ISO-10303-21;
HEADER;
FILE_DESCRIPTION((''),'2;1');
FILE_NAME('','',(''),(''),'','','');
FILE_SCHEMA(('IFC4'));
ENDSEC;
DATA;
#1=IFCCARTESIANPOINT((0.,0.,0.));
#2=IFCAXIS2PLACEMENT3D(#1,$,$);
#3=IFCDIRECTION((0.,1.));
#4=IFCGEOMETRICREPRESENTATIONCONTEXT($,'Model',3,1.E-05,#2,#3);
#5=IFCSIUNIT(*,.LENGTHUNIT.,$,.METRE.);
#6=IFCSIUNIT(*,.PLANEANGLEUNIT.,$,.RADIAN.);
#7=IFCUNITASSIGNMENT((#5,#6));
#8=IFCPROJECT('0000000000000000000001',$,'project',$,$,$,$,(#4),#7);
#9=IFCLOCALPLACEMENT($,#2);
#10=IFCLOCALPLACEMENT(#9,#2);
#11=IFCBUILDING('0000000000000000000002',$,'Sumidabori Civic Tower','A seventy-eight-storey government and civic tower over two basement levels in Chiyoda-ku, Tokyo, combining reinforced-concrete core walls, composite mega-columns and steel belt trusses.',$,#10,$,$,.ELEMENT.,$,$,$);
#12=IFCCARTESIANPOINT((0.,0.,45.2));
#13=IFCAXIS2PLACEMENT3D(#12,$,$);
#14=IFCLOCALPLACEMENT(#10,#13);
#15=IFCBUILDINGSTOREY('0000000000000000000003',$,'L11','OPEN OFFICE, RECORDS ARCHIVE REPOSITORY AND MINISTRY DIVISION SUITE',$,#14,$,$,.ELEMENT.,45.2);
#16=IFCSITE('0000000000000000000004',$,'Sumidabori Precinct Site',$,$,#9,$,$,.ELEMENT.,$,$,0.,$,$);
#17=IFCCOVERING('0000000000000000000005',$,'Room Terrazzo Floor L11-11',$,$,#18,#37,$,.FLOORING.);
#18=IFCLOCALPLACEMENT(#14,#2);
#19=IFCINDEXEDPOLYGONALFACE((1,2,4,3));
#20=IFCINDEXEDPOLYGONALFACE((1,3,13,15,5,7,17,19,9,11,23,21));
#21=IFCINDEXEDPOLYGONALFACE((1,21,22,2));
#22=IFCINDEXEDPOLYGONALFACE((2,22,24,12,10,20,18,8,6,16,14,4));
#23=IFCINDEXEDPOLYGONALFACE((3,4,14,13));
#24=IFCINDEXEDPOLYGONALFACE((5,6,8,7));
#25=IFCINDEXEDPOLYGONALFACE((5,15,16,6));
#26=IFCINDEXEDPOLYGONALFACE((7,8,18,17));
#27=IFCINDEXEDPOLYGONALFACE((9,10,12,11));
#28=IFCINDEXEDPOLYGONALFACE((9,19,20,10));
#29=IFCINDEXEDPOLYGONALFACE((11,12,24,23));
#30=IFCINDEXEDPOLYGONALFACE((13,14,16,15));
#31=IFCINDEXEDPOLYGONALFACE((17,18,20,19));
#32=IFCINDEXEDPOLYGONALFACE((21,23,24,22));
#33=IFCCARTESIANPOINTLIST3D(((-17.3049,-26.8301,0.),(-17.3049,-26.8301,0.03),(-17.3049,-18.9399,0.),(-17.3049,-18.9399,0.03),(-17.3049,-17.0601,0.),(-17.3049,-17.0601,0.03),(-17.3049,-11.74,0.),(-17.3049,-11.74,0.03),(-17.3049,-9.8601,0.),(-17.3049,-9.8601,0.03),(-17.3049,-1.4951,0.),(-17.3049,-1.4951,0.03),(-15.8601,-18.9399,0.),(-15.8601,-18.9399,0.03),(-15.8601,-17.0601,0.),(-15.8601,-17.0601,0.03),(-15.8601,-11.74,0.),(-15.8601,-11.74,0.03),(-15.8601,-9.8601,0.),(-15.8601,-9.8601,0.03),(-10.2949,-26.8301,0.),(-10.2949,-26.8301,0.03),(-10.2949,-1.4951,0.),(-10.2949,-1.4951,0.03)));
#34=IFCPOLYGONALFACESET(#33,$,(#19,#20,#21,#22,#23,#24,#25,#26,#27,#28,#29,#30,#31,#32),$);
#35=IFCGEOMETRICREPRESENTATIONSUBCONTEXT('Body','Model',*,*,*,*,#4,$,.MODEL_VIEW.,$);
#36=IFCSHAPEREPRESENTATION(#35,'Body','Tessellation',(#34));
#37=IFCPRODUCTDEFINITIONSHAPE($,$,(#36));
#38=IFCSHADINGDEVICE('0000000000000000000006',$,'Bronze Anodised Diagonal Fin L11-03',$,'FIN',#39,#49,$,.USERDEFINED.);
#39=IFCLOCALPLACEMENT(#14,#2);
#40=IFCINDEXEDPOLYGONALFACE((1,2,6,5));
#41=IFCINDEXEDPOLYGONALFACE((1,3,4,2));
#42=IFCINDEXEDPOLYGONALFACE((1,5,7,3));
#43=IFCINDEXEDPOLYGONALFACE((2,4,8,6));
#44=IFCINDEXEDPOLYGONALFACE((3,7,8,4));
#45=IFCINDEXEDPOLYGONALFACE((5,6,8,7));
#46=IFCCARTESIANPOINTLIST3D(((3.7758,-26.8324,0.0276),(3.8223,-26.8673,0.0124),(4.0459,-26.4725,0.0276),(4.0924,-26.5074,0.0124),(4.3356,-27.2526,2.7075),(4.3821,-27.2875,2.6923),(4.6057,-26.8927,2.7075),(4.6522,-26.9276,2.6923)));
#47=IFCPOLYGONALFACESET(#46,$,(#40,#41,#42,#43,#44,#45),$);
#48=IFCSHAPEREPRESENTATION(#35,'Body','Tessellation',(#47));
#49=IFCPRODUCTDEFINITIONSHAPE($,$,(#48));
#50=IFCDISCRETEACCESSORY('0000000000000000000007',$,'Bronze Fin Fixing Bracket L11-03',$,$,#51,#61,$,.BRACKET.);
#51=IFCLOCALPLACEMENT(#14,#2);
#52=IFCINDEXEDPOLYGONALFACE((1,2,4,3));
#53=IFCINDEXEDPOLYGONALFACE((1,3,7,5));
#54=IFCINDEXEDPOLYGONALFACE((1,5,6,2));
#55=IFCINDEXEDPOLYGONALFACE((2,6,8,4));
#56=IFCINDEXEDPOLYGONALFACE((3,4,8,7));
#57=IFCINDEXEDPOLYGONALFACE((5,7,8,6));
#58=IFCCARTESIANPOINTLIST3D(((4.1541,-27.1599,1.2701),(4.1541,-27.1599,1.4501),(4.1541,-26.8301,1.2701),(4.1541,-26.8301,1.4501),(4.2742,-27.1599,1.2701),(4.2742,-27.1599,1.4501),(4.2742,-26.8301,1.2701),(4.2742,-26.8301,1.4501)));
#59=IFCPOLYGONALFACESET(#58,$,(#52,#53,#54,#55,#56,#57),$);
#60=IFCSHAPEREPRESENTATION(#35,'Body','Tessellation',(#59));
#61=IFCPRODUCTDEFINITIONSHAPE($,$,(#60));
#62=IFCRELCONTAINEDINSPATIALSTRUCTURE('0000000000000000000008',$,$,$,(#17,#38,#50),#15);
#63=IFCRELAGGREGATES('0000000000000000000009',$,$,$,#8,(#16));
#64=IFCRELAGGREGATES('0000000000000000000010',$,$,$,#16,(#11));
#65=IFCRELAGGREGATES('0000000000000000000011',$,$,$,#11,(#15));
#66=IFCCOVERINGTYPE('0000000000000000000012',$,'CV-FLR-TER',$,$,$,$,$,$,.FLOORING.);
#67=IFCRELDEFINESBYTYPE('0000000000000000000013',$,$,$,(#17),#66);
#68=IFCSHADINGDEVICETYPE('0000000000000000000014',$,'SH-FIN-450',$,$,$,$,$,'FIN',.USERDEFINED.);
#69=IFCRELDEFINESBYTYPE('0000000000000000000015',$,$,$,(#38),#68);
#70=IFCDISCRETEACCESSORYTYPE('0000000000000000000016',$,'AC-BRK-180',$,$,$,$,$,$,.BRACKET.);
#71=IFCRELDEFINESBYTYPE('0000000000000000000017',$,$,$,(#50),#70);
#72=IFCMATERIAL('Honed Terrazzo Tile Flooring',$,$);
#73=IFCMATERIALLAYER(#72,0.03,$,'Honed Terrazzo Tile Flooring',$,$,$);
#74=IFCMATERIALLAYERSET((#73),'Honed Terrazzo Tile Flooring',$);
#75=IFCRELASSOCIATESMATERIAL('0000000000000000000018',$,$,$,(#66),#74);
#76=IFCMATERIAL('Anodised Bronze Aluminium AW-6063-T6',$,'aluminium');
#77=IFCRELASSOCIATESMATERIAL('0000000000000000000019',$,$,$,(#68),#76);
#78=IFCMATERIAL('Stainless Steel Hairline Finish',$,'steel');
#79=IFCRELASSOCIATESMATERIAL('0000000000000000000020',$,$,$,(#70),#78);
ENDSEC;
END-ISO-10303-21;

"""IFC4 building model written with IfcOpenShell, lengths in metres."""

from ifc_helpers import new_model, si_unit, direction, frame, origin, origin_2d, place, context, subcontext, project, spatial, polyline, rectangle, outline, extrude, source, transform, mapped, material, layer, layer_set, material_profile, profile_set, type_object, element, save


model = new_model("IFC4")

# Units and contexts
model_context = context("Model", 3, precision=1e-05, world=origin(), true_north=direction((0.0, 1.0)))
body_context = subcontext(model_context, "Body", "Model", "MODEL_VIEW")
ifc_project = project(units=[si_unit("LENGTHUNIT", "METRE"), si_unit("PLANEANGLEUNIT", "RADIAN")], contexts=[model_context])

# Site, building, storey
site_placement = place(None, origin())
site = spatial("IfcSite", under=ifc_project, at=site_placement, Name="Sumidabori Precinct Site", CompositionType="ELEMENT", RefElevation=0.0)
building_placement = place(site_placement, origin())
building = spatial("IfcBuilding", under=site, at=building_placement, Name="Sumidabori Civic Tower", Description="A seventy-eight-storey government and civic tower over two basement levels in Chiyoda-ku, Tokyo, combining reinforced-concrete core walls, composite mega-columns and steel belt trusses.", CompositionType="ELEMENT")
storey_placement = place(building_placement, frame((0.0, 0.0, 45.2)))
storey = spatial("IfcBuildingStorey", under=building, at=storey_placement, Name="L11", Description="OPEN OFFICE, RECORDS ARCHIVE REPOSITORY AND MINISTRY DIVISION SUITE", CompositionType="ELEMENT", Elevation=45.2)

# Shared definitions
ifc_material_1 = material(Name="Anodised Bronze Aluminium AW-6063-T6", Category="aluminium")

# Covering
ifc_material_2 = material(Name="Honed Terrazzo Tile Flooring")
ifc_layer_1 = layer(ifc_material_2, 0.03, Name="Honed Terrazzo Tile Flooring")
ifc_layer_set_1 = layer_set([ifc_layer_1], Name="Honed Terrazzo Tile Flooring")
covering_type_1 = type_object("IfcCoveringType", Name="CV-FLR-TER", PredefinedType="FLOORING", material=ifc_layer_set_1)
covering_1_placement = place(storey_placement, origin())
element("IfcCovering", 1, at=covering_1_placement, inside=storey, type_object=covering_type_1, Name="Room Terrazzo Floor L11-11", PredefinedType="FLOORING", context=body_context, shape_type="SweptSolid", body=[
    extrude(outline(polyline([(-10.2949, -26.8301), (-17.3049, -26.8301), (-17.3049, -18.9399), (-15.8601, -18.9399), (-15.8601, -17.0601), (-17.3049, -17.0601), (-17.3049, -11.74), (-15.8601, -11.74), (-15.8601, -9.8601), (-17.3049, -9.8601), (-17.3049, -1.4951), (-10.2949, -1.4951), (-10.2949, -26.8301)])), origin(), (0.0, 0.0, 1.0), 0.03),
])

# Shading device
ifc_material_profile_1 = material_profile(ifc_material_1, rectangle(XDim=0.0601, YDim=0.45, at=origin_2d()), Name="BRONZE FIN 450x60")
ifc_profile_set_1 = profile_set([ifc_material_profile_1], Name="Anodised Bronze Aluminium AW-6063-T6")
shading_device_type = type_object("IfcShadingDeviceType", Name="SH-FIN-450", ElementType="FIN", PredefinedType="USERDEFINED", material=ifc_profile_set_1)
shared_shape_1 = source(origin(), body_context, "Body", "SweptSolid", [
    extrude(rectangle(XDim=0.0601, YDim=0.45, at=origin_2d()), origin(), (0.0, 0.0, 1.0), 2.7698),
])
shading_device_placement = place(storey_placement, frame((3.9341, -26.6699, 0.02), z_axis=(0.202111, -0.151694, 0.967543), x_axis=(0.773832, -0.580796, -0.252705)))
element("IfcShadingDevice", 2, at=shading_device_placement, inside=storey, type_object=shading_device_type, Name="Bronze Anodised Diagonal Fin L11-03", ObjectType="FIN", PredefinedType="USERDEFINED", context=body_context, shape_type="MappedRepresentation", body=[
    mapped(shared_shape_1, transform((0.0, 0.0, 0.0), x_axis=(1.0, 0.0, 0.0), y_axis=(0.0, 1.0, 0.0), z_axis=(0.0, 0.0, 1.0), scale=1.0)),
])

# Discrete accessory
ifc_material_3 = material(Name="Stainless Steel Hairline Finish", Category="steel")
ifc_material_profile_2 = material_profile(ifc_material_3, rectangle(XDim=0.1201, YDim=0.1799, at=origin_2d()), Name="STEEL BRACKET 180x120")
ifc_profile_set_2 = profile_set([ifc_material_profile_2], Name="Stainless Steel Hairline Finish")
discrete_accessory_type = type_object("IfcDiscreteAccessoryType", Name="AC-BRK-180", PredefinedType="BRACKET", material=ifc_profile_set_2)
shared_shape_2 = source(origin(), body_context, "Body", "SweptSolid", [
    extrude(rectangle(XDim=0.1201, YDim=0.1799, at=origin_2d()), origin(), (0.0, 0.0, 1.0), 0.3298),
])
discrete_accessory_placement = place(storey_placement, frame((4.2141, -26.8301, 1.3601), z_axis=(0.0, -1.0, 0.0), x_axis=(1.0, 0.0, 0.0)))
element("IfcDiscreteAccessory", 3, at=discrete_accessory_placement, inside=storey, type_object=discrete_accessory_type, Name="Bronze Fin Fixing Bracket L11-03", PredefinedType="BRACKET", context=body_context, shape_type="MappedRepresentation", body=[
    mapped(shared_shape_2, transform((0.0, 0.0, 0.0), x_axis=(1.0, 0.0, 0.0), y_axis=(0.0, 1.0, 0.0), z_axis=(0.0, 0.0, 1.0), scale=1.0)),
])

save(model, "model.ifc")
